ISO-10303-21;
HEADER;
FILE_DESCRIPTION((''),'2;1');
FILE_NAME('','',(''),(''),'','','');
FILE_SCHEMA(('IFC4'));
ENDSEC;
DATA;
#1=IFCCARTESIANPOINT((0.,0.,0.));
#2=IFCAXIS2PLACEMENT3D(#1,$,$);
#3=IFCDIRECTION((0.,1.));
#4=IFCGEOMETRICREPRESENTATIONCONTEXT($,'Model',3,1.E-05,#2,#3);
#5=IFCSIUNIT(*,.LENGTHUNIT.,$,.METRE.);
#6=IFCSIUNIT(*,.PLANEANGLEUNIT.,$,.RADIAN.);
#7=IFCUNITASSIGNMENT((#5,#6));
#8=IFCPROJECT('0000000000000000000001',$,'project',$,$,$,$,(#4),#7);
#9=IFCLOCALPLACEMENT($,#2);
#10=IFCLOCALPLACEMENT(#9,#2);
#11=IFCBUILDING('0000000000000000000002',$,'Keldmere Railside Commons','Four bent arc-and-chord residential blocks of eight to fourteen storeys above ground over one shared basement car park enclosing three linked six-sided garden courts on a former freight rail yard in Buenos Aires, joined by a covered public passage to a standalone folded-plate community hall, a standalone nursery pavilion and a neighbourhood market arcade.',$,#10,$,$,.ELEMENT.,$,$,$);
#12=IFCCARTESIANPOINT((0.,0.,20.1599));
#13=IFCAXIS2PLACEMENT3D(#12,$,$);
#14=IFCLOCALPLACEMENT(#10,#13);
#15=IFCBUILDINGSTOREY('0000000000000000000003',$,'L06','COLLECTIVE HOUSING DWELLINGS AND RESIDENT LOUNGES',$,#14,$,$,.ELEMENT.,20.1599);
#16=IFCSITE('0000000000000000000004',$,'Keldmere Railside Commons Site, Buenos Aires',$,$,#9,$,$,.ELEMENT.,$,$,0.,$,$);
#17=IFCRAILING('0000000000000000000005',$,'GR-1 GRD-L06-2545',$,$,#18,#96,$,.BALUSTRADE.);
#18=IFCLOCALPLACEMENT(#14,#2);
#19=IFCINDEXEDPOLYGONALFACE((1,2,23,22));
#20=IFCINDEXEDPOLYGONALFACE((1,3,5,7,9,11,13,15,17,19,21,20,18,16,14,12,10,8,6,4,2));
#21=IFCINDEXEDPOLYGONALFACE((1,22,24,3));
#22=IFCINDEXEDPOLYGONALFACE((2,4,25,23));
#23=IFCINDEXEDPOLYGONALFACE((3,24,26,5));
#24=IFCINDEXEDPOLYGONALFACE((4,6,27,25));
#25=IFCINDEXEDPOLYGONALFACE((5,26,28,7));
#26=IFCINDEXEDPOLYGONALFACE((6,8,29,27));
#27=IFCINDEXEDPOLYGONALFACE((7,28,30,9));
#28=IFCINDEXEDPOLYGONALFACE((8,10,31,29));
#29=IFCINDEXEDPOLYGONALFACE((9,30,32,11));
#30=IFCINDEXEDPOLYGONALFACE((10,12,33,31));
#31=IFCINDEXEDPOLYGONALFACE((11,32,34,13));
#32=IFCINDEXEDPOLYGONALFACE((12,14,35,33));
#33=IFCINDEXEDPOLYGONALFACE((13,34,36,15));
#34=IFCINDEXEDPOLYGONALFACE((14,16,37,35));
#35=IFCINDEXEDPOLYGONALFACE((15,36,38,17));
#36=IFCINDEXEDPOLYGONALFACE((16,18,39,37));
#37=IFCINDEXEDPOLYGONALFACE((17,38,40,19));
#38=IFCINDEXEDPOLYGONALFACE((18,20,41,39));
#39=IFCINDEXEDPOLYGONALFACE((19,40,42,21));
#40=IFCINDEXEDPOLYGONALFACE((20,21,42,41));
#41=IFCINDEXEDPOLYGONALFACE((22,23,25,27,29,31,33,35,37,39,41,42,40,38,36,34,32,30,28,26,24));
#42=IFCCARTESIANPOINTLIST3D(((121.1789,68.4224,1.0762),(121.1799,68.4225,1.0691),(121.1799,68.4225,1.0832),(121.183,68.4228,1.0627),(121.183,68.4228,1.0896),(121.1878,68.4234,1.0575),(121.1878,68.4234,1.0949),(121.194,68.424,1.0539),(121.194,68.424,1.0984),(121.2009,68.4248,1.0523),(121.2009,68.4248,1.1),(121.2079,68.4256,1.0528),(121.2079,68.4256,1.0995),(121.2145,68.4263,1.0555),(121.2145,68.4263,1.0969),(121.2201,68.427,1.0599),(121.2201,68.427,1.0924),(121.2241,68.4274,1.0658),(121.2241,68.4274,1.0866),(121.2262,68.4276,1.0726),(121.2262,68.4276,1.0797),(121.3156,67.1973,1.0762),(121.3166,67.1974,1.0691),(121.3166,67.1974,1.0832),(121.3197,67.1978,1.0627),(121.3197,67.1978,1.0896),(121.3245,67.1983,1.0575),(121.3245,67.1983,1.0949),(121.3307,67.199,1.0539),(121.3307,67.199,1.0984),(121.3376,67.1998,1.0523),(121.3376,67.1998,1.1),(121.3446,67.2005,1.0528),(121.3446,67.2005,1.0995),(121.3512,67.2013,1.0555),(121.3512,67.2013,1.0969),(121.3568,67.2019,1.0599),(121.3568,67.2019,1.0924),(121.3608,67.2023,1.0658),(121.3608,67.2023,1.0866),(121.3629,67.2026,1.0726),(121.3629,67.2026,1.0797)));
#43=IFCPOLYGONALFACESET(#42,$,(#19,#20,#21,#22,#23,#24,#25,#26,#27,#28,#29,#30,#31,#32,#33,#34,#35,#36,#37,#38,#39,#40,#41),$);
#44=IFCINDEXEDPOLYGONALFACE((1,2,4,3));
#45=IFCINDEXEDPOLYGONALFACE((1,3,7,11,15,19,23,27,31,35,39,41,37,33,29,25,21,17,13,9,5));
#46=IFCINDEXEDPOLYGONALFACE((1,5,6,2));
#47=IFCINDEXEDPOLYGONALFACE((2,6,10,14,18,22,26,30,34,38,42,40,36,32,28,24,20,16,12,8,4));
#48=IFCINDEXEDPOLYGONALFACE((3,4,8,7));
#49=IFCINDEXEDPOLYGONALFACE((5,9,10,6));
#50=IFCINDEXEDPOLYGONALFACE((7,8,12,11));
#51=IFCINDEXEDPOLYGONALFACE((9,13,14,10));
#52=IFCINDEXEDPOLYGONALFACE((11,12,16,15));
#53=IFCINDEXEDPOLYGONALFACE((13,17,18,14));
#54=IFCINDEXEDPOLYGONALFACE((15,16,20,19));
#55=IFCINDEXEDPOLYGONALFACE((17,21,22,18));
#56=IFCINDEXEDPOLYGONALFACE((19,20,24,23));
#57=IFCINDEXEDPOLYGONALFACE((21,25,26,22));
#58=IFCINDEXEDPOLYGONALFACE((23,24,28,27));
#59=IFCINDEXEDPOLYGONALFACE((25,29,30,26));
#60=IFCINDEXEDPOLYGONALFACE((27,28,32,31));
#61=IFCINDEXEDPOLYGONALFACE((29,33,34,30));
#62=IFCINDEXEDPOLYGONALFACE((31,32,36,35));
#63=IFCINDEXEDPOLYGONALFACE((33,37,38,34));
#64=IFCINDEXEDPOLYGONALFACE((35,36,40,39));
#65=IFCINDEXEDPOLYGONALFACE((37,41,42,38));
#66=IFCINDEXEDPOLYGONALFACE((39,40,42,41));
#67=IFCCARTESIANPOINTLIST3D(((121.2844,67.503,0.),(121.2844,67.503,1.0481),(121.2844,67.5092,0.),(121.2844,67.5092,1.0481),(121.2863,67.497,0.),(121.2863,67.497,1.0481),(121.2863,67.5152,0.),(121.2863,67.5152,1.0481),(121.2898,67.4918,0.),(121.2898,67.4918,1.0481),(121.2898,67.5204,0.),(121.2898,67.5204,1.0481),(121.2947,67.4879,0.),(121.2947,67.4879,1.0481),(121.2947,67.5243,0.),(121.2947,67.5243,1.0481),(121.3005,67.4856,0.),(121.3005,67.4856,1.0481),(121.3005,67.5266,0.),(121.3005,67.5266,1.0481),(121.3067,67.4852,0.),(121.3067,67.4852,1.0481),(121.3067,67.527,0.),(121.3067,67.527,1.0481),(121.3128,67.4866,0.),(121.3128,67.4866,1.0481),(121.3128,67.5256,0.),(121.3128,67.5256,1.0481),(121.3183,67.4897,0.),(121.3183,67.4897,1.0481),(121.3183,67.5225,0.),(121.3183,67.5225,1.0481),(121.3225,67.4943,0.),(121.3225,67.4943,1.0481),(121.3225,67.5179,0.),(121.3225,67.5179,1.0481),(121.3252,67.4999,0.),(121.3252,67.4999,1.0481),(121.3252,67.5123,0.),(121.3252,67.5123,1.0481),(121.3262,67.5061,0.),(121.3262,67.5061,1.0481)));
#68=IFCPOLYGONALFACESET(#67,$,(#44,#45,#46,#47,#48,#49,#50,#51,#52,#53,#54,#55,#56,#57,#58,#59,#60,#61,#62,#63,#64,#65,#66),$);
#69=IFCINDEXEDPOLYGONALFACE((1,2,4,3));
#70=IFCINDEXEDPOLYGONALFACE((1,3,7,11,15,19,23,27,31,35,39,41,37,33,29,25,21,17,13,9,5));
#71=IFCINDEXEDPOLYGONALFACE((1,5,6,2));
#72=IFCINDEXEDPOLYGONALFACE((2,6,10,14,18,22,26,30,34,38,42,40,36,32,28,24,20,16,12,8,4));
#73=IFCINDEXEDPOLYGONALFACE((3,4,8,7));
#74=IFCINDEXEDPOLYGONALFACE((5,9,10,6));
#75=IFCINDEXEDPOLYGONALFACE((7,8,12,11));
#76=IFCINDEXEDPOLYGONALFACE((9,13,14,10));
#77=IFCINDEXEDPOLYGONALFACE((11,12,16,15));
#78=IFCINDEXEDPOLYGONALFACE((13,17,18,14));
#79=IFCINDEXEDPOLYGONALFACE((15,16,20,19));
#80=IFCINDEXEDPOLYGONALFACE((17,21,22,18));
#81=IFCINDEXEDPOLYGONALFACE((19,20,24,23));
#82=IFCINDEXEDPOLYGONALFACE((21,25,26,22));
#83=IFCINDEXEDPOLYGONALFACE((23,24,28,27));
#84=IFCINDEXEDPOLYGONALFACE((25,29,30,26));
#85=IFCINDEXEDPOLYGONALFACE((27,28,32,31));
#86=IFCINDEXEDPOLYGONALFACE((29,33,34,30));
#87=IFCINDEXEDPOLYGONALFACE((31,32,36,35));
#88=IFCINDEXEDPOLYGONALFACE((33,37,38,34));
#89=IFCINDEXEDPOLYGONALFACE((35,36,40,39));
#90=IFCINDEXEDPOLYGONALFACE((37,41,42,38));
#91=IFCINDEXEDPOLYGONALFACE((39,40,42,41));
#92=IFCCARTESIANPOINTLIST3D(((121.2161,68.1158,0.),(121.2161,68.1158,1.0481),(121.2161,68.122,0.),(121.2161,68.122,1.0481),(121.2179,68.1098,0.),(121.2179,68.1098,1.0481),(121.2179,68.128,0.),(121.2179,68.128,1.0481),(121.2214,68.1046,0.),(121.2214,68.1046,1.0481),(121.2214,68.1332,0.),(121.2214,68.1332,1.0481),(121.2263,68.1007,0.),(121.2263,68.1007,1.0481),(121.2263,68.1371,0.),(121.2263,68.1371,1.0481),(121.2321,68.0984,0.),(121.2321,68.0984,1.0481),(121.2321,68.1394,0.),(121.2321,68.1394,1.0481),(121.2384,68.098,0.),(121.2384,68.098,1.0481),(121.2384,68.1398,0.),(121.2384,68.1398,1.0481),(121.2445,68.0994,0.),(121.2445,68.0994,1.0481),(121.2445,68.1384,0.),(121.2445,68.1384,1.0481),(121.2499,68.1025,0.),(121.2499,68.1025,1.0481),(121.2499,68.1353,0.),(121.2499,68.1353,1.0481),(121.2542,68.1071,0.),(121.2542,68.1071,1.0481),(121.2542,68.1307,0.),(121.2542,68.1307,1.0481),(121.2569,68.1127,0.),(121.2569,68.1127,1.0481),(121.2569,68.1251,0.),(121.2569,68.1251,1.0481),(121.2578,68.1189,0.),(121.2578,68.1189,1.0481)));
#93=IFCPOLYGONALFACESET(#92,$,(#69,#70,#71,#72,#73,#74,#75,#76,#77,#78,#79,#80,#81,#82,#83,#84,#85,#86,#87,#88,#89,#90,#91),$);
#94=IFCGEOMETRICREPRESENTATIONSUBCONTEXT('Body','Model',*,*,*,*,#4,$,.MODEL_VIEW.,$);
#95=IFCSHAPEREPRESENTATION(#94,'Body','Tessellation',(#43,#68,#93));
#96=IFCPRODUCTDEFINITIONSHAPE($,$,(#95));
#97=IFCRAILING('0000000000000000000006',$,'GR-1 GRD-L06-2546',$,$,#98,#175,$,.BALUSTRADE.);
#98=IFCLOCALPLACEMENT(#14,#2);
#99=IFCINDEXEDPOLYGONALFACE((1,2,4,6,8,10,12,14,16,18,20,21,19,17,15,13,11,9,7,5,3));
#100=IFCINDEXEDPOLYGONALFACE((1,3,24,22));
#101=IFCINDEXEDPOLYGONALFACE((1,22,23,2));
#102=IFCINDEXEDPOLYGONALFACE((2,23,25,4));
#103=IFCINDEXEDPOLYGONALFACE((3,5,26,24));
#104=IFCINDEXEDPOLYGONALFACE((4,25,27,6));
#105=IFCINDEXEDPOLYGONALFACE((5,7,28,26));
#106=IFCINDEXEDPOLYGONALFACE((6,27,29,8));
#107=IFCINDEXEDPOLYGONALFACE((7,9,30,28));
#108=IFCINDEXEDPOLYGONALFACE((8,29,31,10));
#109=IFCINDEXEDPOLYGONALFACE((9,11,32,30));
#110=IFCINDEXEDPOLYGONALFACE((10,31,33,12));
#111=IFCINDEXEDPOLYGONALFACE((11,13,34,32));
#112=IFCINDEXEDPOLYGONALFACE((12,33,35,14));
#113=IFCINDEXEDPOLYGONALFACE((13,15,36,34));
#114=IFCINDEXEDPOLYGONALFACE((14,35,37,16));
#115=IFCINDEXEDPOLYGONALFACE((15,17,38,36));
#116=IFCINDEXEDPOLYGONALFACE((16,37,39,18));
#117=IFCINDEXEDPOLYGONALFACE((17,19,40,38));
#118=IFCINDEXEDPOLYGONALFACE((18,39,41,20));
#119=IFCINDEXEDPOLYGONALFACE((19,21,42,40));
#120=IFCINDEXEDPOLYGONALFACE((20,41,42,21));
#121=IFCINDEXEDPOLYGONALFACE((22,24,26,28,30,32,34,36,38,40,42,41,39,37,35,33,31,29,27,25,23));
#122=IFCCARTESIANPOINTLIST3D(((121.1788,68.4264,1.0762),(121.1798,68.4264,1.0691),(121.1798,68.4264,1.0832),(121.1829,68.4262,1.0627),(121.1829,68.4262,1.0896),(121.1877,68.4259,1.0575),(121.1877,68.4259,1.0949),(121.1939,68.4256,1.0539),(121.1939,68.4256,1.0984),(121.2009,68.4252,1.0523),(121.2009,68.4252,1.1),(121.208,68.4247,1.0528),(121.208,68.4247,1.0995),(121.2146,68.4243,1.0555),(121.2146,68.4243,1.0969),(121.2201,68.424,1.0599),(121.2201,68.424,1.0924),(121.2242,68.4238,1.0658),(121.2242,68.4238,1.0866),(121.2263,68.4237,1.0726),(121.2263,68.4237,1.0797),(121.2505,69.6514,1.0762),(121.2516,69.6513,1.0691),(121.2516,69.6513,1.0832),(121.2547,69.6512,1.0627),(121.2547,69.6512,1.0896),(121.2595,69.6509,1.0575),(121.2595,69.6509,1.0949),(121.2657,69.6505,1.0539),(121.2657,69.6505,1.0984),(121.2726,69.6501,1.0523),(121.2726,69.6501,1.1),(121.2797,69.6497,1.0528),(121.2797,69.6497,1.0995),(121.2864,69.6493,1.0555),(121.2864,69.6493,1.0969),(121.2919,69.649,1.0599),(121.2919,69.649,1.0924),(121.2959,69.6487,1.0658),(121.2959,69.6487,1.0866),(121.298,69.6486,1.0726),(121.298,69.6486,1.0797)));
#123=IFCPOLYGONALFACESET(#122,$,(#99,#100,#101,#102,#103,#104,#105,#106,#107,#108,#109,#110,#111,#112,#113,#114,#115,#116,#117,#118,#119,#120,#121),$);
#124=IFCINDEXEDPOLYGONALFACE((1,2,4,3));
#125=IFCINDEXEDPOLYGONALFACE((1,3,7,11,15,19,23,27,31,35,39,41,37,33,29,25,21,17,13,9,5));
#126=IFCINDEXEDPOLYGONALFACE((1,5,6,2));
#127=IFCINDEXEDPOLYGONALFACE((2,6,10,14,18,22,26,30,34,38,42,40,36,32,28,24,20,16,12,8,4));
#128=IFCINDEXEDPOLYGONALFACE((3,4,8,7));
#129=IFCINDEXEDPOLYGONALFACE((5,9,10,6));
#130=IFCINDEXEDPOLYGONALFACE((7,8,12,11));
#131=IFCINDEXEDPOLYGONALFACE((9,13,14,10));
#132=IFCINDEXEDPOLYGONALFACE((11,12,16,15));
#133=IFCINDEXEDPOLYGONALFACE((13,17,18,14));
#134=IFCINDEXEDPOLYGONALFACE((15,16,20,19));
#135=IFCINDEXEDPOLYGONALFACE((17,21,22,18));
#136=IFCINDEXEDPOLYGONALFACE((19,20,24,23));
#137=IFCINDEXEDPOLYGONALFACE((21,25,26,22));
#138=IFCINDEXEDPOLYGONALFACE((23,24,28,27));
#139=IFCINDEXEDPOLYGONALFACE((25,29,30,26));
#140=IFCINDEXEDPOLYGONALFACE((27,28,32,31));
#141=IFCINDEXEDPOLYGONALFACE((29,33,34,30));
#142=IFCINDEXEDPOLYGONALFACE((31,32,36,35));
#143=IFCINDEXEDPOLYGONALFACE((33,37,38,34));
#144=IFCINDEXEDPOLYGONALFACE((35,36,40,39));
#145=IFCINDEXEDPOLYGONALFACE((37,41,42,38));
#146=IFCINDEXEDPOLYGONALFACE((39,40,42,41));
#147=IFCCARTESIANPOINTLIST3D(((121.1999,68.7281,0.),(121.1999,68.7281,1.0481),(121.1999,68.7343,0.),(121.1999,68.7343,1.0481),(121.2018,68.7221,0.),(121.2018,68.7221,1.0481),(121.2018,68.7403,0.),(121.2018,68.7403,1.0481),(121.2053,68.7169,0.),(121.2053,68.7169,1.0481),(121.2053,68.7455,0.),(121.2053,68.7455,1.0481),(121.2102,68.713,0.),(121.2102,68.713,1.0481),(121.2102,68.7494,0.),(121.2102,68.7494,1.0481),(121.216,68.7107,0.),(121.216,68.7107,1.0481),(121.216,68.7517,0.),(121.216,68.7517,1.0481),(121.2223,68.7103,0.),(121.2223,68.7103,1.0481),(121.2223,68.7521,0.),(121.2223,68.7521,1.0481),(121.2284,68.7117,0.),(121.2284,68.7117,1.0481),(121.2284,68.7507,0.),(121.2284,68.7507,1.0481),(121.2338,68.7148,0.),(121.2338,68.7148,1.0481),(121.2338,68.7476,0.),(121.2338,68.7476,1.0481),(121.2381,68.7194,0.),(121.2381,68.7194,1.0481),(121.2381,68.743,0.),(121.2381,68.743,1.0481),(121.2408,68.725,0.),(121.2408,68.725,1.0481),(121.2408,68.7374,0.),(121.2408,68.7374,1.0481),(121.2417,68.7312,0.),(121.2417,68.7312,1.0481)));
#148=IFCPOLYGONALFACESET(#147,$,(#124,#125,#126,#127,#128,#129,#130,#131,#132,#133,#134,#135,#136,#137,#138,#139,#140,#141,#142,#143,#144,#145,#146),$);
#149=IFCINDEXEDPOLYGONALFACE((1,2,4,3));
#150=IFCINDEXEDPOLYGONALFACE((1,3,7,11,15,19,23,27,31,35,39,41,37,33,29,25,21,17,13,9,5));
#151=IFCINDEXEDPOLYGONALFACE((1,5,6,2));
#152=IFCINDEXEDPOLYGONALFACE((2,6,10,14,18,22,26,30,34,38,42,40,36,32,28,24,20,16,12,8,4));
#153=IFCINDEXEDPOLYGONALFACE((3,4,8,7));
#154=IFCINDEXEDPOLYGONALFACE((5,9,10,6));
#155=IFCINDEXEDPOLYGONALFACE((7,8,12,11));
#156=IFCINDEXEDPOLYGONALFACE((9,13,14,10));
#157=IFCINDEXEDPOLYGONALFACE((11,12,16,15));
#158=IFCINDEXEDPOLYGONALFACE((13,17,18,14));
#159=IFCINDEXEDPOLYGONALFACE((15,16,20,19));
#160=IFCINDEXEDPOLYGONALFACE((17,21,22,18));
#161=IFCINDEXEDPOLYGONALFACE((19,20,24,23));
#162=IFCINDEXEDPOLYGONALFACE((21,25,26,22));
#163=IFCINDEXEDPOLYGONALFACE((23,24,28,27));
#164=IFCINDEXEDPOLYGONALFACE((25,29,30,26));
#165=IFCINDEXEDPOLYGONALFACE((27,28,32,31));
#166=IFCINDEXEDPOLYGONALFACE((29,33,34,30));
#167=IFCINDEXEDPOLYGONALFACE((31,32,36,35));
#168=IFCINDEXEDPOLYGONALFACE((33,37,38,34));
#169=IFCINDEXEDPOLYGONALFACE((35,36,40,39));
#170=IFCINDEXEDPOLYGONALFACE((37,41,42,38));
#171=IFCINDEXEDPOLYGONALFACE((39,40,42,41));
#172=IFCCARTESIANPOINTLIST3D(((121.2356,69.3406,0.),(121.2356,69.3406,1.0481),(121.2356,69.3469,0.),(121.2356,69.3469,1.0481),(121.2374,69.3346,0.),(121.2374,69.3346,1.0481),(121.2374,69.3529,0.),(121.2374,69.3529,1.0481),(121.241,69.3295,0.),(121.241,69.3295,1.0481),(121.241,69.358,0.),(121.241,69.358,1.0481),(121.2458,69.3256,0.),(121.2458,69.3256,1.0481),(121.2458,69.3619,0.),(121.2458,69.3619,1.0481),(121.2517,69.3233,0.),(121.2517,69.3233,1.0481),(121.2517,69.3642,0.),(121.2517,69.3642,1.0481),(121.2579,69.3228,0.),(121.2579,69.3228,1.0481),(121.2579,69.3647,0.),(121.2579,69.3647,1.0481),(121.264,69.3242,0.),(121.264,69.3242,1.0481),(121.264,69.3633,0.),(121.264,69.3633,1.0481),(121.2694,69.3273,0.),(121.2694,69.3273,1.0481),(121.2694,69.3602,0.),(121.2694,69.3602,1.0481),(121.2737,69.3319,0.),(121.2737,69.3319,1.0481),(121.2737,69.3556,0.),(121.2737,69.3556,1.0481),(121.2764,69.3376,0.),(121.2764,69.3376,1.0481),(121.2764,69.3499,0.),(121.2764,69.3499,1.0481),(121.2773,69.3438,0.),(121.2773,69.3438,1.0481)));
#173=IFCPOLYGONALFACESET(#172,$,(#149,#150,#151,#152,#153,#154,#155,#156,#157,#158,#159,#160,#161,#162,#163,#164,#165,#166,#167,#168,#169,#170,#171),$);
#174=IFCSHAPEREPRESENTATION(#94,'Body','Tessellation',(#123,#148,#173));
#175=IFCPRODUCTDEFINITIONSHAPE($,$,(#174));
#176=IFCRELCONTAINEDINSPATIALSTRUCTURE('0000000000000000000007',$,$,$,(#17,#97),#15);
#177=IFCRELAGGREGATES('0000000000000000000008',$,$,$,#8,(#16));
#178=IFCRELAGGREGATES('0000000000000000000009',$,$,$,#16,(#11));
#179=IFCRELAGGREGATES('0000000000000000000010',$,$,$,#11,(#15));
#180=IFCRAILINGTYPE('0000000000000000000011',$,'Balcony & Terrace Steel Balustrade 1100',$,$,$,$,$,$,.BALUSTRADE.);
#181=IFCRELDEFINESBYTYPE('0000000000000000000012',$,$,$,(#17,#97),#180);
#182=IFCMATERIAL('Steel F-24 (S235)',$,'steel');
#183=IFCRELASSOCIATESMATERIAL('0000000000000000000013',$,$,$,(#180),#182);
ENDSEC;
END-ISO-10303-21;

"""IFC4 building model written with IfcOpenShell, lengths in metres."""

from ifc_helpers import new_model, si_unit, direction, frame, origin, origin_2d, place, context, subcontext, project, spatial, circle, extrude, material, type_object, element, save


model = new_model("IFC4")

# Units and contexts
model_context = context("Model", 3, precision=1e-05, world=origin(), true_north=direction((0.0, 1.0)))
body_context = subcontext(model_context, "Body", "Model", "MODEL_VIEW")
ifc_project = project(units=[si_unit("LENGTHUNIT", "METRE"), si_unit("PLANEANGLEUNIT", "RADIAN")], contexts=[model_context])

# Site, building, storey
site_placement = place(None, origin())
site = spatial("IfcSite", under=ifc_project, at=site_placement, Name="Keldmere Railside Commons Site, Buenos Aires", CompositionType="ELEMENT", RefElevation=0.0)
building_placement = place(site_placement, origin())
building = spatial("IfcBuilding", under=site, at=building_placement, Name="Keldmere Railside Commons", Description="Four bent arc-and-chord residential blocks of eight to fourteen storeys above ground over one shared basement car park enclosing three linked six-sided garden courts on a former freight rail yard in Buenos Aires, joined by a covered public passage to a standalone folded-plate community hall, a standalone nursery pavilion and a neighbourhood market arcade.", CompositionType="ELEMENT")
storey_placement = place(building_placement, frame((0.0, 0.0, 20.1599)))
storey = spatial("IfcBuildingStorey", under=building, at=storey_placement, Name="L06", Description="COLLECTIVE HOUSING DWELLINGS AND RESIDENT LOUNGES", CompositionType="ELEMENT", Elevation=20.1599)

# Railings
ifc_material_1 = material(Name="Steel F-24 (S235)", Category="steel")
railing_type_1 = type_object("IfcRailingType", Name="Balcony & Terrace Steel Balustrade 1100", PredefinedType="BALUSTRADE", material=ifc_material_1)
railing_1_placement = place(storey_placement, frame((121.3394, 67.2, 0.0)))
element("IfcRailing", 1, at=railing_1_placement, inside=storey, type_object=railing_type_1, Name="GR-1 GRD-L06-2545", PredefinedType="BALUSTRADE", context=body_context, shape_type="SweptSolid", body=[
    extrude(circle(Radius=0.0239, at=origin_2d()), frame((0.0, 0.0, 1.0762), z_axis=(-0.11091, 0.99383, 0.0), x_axis=(-0.99383, -0.11091, 0.0)), (0.0, 0.0, 1.0), 1.2327),
    extrude(circle(Radius=0.021, at=origin_2d()), frame((-0.0342, 0.3062, 0.0)), (0.0, 0.0, 1.0), 1.0481),
    extrude(circle(Radius=0.021, at=origin_2d()), frame((-0.1025, 0.9189, 0.0)), (0.0, 0.0, 1.0), 1.0481),
])
railing_2_placement = place(storey_placement, frame((121.2026, 68.425, 0.0)))
element("IfcRailing", 2, at=railing_2_placement, inside=storey, type_object=railing_type_1, Name="GR-1 GRD-L06-2546", PredefinedType="BALUSTRADE", context=body_context, shape_type="SweptSolid", body=[
    extrude(circle(Radius=0.0239, at=origin_2d()), frame((0.0, 0.0, 1.0762), z_axis=(0.0585, 0.998287, 0.0), x_axis=(-0.998287, 0.0585, 0.0)), (0.0, 0.0, 1.0), 1.2271),
    extrude(circle(Radius=0.021, at=origin_2d()), frame((0.0181, 0.3062, 0.0)), (0.0, 0.0, 1.0), 1.0481),
    extrude(circle(Radius=0.021, at=origin_2d()), frame((0.0537, 0.9187, 0.0)), (0.0, 0.0, 1.0), 1.0481),
])

save(model, "model.ifc")
